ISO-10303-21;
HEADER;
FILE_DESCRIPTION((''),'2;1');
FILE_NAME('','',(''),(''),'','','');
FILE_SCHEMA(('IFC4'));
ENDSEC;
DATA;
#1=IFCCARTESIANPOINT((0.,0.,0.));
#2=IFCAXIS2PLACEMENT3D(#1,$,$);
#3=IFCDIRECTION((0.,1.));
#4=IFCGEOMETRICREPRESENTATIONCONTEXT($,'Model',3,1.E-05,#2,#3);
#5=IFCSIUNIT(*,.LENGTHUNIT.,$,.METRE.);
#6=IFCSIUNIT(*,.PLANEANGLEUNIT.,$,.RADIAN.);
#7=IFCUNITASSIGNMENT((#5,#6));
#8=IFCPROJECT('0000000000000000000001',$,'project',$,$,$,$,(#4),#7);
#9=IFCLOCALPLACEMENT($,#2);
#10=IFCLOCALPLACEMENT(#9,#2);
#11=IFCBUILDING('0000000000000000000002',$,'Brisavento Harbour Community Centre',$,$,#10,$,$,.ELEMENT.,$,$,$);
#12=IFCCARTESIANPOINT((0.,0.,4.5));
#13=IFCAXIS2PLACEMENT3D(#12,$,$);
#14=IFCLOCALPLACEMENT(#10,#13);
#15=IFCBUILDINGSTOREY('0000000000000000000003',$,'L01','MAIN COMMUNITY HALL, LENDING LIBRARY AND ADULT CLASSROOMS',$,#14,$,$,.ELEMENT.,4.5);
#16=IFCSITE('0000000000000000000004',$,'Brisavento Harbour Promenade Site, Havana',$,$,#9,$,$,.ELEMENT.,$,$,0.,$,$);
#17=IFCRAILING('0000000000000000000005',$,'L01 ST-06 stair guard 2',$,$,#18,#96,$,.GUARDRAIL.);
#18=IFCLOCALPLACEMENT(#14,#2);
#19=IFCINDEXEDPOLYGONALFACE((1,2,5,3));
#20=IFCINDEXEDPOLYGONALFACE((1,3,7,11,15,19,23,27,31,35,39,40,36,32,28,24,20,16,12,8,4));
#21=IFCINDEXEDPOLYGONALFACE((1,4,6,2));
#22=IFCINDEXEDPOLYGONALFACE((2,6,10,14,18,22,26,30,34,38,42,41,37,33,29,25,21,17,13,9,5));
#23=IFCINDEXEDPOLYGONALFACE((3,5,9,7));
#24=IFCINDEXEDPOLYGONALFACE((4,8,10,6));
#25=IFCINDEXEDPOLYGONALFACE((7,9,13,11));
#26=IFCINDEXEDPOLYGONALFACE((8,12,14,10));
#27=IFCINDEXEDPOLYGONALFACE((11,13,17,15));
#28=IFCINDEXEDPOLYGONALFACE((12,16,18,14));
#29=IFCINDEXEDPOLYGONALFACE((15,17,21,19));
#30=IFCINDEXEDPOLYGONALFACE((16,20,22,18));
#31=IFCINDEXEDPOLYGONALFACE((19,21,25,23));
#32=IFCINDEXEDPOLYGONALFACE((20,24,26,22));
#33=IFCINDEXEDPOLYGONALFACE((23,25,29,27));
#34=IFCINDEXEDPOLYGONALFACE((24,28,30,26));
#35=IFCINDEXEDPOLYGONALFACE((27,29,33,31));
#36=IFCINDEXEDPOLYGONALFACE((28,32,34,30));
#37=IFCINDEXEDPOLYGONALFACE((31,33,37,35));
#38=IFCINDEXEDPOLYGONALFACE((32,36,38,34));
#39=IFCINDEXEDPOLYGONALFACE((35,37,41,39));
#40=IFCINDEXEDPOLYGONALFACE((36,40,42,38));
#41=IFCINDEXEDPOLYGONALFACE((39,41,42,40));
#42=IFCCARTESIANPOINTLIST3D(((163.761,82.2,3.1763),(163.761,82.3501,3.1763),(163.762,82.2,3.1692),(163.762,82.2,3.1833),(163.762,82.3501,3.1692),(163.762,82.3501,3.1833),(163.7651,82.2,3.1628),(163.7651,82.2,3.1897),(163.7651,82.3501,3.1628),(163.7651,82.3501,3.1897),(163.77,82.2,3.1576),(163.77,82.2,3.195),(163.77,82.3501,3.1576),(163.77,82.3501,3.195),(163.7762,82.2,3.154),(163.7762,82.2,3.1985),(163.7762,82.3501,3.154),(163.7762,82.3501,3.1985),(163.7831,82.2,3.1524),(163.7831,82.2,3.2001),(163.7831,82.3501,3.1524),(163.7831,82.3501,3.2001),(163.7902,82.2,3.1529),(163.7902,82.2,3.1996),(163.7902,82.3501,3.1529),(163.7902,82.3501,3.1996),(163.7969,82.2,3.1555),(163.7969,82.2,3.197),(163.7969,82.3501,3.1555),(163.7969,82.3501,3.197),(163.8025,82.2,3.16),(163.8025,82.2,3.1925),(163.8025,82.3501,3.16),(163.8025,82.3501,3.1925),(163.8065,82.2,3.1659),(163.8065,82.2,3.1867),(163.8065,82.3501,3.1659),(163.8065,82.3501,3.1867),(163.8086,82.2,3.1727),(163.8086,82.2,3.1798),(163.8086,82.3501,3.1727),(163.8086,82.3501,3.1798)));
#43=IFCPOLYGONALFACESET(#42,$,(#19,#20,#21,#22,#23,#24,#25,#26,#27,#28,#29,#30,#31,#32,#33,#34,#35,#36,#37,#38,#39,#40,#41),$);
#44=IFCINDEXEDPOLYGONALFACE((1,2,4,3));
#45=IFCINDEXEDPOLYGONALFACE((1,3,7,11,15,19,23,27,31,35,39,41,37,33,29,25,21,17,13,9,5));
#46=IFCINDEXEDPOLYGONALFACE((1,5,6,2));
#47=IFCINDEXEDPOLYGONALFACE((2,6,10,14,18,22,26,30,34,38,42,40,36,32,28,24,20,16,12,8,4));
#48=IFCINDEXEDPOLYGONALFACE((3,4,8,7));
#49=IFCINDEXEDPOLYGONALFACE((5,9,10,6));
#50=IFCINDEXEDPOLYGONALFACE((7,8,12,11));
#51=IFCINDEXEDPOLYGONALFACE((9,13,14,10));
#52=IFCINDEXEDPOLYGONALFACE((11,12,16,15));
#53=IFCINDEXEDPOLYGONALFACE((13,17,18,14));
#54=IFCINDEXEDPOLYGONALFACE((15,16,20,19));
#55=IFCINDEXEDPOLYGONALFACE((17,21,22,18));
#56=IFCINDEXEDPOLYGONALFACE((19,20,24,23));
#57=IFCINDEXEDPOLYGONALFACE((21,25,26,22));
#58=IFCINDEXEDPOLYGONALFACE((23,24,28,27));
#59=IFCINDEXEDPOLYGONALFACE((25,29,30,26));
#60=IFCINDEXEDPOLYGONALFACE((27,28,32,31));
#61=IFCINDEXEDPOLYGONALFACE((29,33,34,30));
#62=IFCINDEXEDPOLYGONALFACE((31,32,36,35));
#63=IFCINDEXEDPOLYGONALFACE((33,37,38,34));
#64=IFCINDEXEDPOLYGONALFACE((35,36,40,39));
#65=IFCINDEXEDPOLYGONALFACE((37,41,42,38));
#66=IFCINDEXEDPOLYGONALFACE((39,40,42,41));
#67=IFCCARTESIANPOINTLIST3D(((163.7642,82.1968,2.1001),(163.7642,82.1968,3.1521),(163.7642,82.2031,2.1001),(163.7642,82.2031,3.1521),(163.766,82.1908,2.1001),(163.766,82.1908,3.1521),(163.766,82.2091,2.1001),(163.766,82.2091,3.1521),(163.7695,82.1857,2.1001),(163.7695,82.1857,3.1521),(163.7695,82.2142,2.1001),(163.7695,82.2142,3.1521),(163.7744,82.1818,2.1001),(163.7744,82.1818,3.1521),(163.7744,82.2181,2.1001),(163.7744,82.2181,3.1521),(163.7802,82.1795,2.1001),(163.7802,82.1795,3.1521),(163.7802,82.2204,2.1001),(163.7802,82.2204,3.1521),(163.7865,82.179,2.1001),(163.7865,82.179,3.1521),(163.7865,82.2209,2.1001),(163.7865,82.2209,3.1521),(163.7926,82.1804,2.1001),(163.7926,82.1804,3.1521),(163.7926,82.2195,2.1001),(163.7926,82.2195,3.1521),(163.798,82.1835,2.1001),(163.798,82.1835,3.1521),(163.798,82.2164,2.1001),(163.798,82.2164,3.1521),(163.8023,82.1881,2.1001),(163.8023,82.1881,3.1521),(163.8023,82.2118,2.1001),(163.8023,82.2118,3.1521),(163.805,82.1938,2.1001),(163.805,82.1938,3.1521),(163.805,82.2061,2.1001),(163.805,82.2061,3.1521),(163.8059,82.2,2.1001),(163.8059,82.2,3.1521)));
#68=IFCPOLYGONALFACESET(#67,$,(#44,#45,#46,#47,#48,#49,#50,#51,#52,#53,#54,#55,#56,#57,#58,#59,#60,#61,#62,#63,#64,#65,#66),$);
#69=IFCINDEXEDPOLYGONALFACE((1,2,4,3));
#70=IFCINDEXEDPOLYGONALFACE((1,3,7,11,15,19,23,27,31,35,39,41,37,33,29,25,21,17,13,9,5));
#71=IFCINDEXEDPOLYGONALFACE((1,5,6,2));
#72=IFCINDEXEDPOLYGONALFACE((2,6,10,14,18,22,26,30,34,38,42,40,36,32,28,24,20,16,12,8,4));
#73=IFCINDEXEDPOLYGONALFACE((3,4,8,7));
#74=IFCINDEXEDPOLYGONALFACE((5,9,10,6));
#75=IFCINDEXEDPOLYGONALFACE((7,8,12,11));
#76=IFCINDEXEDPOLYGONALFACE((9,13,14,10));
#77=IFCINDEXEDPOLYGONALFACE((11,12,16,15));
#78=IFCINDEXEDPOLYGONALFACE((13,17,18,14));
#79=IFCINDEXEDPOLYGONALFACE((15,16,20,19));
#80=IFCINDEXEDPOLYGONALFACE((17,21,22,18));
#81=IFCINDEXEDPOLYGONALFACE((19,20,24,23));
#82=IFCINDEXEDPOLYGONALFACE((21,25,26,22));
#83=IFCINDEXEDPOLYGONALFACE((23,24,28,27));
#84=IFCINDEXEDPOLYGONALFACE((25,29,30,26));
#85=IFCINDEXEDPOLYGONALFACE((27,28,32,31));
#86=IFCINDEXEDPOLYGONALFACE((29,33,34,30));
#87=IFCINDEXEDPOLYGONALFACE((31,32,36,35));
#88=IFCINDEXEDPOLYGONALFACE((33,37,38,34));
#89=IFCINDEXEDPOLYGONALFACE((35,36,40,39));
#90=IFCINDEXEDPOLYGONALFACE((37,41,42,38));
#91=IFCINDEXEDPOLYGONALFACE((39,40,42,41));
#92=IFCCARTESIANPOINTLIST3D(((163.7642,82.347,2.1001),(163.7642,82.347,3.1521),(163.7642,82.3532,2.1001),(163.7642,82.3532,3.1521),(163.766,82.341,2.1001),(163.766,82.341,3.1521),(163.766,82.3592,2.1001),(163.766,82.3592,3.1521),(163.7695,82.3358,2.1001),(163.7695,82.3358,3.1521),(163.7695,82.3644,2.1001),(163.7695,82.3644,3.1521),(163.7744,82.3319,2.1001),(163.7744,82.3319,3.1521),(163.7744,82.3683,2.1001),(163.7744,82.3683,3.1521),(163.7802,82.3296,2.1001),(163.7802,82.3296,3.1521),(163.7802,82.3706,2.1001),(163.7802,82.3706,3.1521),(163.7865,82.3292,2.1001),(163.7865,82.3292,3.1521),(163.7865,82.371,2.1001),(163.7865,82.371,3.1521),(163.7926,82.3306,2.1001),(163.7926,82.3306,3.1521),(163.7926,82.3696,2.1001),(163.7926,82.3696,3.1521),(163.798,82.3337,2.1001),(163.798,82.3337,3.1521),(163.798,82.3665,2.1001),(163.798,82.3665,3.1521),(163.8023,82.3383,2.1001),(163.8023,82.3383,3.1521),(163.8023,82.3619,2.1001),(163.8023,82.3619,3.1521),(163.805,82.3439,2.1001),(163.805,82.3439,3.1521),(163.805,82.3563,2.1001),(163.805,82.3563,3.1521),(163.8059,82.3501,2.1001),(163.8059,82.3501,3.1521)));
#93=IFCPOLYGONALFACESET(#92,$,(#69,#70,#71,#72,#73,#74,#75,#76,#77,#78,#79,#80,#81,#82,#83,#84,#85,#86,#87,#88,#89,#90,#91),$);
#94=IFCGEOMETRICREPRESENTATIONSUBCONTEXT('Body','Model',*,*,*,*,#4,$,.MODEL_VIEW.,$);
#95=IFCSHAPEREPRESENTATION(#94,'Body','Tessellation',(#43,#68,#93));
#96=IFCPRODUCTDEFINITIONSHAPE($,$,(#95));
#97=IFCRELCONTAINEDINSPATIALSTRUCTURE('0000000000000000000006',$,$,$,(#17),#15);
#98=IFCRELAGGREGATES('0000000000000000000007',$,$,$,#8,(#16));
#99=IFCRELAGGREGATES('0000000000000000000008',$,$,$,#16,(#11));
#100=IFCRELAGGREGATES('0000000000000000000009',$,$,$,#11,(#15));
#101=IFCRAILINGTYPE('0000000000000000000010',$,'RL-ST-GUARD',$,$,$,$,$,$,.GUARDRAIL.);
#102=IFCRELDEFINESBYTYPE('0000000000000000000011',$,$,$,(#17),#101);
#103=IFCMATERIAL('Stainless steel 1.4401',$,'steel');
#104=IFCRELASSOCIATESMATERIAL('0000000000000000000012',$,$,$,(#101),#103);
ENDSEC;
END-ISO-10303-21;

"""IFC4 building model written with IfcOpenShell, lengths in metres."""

from ifc_helpers import new_model, si_unit, direction, frame, origin, origin_2d, place, context, subcontext, project, spatial, circle, extrude, material, type_object, element, save


model = new_model("IFC4")

# Units and contexts
model_context = context("Model", 3, precision=1e-05, world=origin(), true_north=direction((0.0, 1.0)))
body_context = subcontext(model_context, "Body", "Model", "MODEL_VIEW")
ifc_project = project(units=[si_unit("LENGTHUNIT", "METRE"), si_unit("PLANEANGLEUNIT", "RADIAN")], contexts=[model_context])

# Site, building, storey
site_placement = place(None, origin())
site = spatial("IfcSite", under=ifc_project, at=site_placement, Name="Brisavento Harbour Promenade Site, Havana", CompositionType="ELEMENT", RefElevation=0.0)
building_placement = place(site_placement, origin())
building = spatial("IfcBuilding", under=site, at=building_placement, Name="Brisavento Harbour Community Centre", CompositionType="ELEMENT")
storey_placement = place(building_placement, frame((0.0, 0.0, 4.5)))
storey = spatial("IfcBuildingStorey", under=building, at=storey_placement, Name="L01", Description="MAIN COMMUNITY HALL, LENDING LIBRARY AND ADULT CLASSROOMS", CompositionType="ELEMENT", Elevation=4.5)

# Railing
ifc_material_1 = material(Name="Stainless steel 1.4401", Category="steel")
railing_type_1 = type_object("IfcRailingType", Name="RL-ST-GUARD", PredefinedType="GUARDRAIL", material=ifc_material_1)
railing_1_placement = place(storey_placement, frame((163.7849, 82.2, 2.1001)))
element("IfcRailing", 1, at=railing_1_placement, inside=storey, type_object=railing_type_1, Name="L01 ST-06 stair guard 2", PredefinedType="GUARDRAIL", context=body_context, shape_type="SweptSolid", body=[
    extrude(circle(Radius=0.0239, at=origin_2d()), frame((0.0, 0.0, 1.0762), z_axis=(0.0, 1.0, 0.0), x_axis=(-1.0, 0.0, 0.0)), (0.0, 0.0, 1.0), 0.1501),
    extrude(circle(Radius=0.021, at=origin_2d()), origin(), (0.0, 0.0, 1.0), 1.052),
    extrude(circle(Radius=0.021, at=origin_2d()), frame((0.0, 0.1501, 0.0)), (0.0, 0.0, 1.0), 1.052),
])

save(model, "model.ifc")
